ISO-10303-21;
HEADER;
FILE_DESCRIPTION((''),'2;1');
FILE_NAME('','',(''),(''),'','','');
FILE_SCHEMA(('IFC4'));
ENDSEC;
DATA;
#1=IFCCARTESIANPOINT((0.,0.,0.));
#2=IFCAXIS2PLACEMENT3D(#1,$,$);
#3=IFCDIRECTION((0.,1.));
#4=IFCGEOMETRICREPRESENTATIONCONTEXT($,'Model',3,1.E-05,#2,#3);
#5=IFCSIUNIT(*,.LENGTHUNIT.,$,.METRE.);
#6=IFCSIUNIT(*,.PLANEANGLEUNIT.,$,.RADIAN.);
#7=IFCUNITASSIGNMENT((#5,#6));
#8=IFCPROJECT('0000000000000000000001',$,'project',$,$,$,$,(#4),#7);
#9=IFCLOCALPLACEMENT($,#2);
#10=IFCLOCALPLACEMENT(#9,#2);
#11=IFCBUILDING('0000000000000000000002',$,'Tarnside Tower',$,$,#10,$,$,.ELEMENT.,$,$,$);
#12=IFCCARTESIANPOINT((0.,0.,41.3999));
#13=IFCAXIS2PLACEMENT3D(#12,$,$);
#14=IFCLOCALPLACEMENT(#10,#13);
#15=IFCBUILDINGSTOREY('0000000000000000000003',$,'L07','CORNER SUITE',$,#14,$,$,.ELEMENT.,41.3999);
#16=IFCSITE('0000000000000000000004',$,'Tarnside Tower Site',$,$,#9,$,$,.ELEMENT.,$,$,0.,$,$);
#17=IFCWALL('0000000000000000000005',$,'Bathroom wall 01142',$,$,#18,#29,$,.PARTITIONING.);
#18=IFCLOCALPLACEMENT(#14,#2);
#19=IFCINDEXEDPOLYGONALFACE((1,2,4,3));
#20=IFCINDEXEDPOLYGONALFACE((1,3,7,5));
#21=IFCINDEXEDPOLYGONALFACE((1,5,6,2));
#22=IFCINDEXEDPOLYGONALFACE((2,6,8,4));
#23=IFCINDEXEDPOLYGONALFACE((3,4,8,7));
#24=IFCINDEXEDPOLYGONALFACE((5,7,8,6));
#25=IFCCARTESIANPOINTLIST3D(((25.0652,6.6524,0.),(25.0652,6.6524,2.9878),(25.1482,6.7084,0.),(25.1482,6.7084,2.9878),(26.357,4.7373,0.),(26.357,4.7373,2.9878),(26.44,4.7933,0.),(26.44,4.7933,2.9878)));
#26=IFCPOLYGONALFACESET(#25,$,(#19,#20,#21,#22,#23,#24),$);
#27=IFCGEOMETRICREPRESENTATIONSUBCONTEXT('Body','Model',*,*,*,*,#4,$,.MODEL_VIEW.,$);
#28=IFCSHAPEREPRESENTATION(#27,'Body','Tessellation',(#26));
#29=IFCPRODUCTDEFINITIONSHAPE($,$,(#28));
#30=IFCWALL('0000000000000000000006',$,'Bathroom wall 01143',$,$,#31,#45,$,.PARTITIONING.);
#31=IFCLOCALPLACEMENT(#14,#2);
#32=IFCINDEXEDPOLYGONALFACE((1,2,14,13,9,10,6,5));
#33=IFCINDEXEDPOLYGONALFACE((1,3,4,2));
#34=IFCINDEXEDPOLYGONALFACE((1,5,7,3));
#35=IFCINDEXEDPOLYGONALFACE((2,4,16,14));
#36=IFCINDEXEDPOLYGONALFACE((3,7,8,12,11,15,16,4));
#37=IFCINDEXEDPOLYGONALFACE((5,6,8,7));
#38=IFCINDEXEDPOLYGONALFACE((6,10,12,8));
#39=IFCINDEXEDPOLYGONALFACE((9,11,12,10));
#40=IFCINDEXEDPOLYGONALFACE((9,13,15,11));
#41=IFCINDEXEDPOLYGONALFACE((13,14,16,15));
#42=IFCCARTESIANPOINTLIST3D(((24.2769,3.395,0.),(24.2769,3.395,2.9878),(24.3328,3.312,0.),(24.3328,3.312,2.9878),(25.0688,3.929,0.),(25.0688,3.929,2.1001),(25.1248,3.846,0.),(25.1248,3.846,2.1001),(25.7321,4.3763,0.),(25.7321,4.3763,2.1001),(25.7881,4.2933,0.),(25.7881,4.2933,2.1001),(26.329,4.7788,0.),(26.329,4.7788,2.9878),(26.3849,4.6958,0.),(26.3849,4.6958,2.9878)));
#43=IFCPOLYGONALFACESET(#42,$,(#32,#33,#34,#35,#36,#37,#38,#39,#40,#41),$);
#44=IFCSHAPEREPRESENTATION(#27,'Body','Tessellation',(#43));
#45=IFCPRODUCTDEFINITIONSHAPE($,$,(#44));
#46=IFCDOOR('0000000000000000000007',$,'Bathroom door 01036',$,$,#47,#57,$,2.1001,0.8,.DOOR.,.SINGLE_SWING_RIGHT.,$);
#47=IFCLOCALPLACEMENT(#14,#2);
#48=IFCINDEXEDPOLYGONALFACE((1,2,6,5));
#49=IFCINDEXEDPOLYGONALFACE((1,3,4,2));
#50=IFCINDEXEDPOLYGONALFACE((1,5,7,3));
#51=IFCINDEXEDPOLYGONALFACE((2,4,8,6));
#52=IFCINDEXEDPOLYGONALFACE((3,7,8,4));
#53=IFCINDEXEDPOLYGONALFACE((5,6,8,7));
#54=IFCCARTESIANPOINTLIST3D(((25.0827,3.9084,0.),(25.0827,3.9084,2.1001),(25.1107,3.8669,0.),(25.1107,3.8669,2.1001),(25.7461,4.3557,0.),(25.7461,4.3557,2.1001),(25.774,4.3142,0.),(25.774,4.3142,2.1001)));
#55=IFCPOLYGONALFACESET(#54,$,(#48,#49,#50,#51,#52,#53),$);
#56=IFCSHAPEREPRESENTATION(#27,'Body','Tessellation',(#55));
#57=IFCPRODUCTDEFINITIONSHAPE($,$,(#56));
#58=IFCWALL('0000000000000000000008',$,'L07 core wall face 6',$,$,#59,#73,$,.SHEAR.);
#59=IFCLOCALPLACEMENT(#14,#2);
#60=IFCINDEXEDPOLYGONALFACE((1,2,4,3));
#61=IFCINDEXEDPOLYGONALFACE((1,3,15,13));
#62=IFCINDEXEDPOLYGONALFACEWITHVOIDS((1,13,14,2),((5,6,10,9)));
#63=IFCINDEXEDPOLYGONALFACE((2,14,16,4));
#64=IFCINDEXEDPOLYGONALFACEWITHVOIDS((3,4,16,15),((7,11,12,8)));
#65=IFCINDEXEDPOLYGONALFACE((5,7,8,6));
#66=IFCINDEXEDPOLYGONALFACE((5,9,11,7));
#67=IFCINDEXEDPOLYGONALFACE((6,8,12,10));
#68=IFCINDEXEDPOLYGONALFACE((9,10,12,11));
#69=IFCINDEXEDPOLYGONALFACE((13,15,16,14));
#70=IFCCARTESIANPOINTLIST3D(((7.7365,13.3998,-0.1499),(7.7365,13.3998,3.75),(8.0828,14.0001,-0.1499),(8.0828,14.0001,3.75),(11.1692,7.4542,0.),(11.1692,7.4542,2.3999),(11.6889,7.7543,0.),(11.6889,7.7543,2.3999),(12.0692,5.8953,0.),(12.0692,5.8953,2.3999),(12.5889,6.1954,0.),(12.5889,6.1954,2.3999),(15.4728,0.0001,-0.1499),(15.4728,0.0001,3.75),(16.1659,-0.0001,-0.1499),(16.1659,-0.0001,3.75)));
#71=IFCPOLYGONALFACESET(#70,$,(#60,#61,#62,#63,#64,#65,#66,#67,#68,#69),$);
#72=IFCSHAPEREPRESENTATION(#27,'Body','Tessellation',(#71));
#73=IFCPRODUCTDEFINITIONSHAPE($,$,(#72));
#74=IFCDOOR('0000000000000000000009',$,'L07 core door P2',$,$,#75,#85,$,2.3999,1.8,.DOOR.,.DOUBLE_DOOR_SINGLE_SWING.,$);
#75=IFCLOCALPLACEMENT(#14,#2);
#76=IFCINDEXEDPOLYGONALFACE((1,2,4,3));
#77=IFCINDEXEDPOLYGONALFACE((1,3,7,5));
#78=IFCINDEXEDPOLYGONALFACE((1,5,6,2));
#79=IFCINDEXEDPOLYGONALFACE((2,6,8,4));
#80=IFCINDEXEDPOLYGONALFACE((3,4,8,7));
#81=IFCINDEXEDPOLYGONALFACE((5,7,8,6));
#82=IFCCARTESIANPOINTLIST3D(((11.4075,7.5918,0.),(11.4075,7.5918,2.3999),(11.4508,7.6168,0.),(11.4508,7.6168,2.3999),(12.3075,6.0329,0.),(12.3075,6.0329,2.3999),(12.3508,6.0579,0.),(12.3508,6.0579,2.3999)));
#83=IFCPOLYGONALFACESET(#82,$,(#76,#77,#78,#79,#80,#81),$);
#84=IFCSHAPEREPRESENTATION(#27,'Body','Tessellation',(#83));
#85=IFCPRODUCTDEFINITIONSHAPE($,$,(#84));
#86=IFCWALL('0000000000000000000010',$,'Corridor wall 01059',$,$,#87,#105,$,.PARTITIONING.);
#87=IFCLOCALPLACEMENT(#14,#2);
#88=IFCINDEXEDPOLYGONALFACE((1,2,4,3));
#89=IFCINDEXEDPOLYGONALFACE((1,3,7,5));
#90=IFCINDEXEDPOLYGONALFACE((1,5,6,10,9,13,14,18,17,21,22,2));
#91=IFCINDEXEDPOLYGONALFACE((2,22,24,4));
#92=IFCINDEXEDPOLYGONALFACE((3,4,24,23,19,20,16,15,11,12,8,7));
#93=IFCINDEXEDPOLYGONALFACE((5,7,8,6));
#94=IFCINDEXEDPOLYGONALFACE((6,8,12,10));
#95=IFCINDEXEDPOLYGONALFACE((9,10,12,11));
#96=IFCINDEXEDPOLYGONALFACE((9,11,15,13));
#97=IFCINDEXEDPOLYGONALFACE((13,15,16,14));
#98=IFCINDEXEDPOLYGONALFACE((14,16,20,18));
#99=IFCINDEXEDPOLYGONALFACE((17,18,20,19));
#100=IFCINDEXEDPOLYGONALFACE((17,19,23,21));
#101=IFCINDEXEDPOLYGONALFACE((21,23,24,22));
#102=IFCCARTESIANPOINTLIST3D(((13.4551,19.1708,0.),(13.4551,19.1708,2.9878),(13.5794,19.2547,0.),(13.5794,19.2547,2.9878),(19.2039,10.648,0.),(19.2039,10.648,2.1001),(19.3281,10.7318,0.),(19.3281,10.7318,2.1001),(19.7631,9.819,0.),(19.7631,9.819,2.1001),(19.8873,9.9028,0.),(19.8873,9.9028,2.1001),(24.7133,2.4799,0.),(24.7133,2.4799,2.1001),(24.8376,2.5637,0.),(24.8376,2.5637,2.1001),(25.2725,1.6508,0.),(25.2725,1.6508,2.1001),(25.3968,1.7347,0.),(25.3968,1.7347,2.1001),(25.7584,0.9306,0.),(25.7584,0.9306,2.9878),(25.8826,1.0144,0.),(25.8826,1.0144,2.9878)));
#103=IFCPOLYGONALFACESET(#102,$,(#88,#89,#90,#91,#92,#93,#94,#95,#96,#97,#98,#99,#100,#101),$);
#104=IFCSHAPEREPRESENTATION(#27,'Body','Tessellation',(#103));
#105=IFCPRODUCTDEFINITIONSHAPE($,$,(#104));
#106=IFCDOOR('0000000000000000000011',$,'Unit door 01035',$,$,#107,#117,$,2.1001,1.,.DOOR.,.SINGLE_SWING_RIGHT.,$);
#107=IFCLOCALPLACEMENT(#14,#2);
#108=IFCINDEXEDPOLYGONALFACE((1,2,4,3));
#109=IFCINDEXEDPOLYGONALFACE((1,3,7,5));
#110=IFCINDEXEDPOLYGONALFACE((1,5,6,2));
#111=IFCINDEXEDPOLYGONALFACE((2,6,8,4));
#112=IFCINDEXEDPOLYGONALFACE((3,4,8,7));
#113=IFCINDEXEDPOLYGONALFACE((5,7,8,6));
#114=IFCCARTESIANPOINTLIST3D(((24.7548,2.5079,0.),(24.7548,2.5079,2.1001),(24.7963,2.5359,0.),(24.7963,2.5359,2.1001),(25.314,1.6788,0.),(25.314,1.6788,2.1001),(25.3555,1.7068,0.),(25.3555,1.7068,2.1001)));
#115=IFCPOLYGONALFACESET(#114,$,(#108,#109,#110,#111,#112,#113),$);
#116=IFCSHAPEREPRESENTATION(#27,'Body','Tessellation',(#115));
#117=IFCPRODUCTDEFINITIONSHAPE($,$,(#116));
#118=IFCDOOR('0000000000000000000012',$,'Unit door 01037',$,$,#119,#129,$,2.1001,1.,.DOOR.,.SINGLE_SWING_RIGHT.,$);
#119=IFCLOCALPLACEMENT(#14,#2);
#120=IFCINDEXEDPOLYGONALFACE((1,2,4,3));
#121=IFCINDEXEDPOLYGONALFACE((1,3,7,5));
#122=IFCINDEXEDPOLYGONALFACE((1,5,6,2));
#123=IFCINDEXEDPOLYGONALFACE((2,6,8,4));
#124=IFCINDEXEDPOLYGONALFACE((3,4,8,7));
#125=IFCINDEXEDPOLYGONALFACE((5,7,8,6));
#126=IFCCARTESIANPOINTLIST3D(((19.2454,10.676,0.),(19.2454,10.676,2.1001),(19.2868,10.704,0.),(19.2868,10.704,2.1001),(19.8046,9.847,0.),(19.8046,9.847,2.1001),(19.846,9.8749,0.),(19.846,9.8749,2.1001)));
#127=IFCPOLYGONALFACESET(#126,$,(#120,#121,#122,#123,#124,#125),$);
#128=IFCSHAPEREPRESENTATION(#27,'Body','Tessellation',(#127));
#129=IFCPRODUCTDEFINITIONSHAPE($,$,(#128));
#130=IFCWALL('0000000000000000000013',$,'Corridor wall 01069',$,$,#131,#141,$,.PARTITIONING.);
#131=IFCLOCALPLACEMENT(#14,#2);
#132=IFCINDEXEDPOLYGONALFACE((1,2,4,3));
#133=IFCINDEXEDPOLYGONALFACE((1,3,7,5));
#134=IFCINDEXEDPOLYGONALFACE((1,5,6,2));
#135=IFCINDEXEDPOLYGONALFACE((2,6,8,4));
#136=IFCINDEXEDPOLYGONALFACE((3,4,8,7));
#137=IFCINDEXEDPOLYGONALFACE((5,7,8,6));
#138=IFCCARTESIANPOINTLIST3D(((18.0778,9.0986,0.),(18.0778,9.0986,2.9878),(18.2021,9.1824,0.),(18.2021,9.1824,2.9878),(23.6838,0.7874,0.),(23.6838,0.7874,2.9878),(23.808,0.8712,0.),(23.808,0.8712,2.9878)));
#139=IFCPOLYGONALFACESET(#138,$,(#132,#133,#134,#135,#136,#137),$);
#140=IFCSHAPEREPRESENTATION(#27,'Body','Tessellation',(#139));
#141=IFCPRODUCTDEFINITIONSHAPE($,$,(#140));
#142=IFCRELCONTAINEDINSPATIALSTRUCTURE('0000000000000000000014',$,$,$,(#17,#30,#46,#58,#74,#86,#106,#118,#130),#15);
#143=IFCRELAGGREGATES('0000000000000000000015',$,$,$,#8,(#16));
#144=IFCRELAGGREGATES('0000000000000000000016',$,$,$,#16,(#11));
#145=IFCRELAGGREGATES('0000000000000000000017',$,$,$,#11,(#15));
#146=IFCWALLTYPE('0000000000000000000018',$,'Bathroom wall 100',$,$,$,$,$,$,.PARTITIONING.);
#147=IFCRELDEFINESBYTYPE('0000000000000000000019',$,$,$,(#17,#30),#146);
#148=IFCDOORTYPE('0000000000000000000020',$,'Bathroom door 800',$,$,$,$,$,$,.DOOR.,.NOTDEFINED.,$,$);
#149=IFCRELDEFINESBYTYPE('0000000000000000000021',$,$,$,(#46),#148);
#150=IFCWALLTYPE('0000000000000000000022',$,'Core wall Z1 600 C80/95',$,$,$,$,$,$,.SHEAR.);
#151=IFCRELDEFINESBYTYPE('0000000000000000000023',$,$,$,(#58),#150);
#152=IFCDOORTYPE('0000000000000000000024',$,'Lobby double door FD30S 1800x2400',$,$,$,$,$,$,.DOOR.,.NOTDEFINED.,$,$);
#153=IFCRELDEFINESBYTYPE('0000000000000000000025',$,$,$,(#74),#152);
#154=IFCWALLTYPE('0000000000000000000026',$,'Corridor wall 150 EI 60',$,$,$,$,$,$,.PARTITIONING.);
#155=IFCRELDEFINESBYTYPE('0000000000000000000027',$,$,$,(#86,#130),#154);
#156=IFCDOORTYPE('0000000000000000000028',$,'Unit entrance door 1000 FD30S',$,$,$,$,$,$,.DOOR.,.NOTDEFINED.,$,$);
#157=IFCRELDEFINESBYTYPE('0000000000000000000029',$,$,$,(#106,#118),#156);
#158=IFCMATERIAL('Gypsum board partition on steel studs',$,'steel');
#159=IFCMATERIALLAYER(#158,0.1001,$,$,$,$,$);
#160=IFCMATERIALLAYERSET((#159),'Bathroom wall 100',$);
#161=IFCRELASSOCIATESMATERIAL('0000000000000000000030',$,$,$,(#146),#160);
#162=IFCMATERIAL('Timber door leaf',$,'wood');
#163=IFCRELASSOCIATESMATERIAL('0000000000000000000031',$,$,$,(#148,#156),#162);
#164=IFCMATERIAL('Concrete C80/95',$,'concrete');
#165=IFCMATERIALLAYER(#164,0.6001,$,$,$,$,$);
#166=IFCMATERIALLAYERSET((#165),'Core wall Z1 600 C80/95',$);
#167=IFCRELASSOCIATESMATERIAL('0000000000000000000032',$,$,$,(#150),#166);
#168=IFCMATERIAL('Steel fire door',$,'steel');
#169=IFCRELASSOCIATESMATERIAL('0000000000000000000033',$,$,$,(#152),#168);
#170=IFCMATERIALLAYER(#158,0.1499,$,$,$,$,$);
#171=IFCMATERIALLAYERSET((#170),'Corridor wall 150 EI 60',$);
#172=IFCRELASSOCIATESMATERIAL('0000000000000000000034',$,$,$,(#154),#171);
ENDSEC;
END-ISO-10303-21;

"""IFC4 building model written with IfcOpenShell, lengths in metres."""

from ifc_helpers import new_model, si_unit, direction, frame, frame_2d, origin, place, context, subcontext, project, spatial, polyline, rectangle, outline, extrude, material, layer, layer_set, type_object, element, fill, save


model = new_model("IFC4")

# Units and contexts
model_context = context("Model", 3, precision=1e-05, world=origin(), true_north=direction((0.0, 1.0)))
body_context = subcontext(model_context, "Body", "Model", "MODEL_VIEW")
ifc_project = project(units=[si_unit("LENGTHUNIT", "METRE"), si_unit("PLANEANGLEUNIT", "RADIAN")], contexts=[model_context])

# Site, building, storey
site_placement = place(None, origin())
site = spatial("IfcSite", under=ifc_project, at=site_placement, Name="Tarnside Tower Site", CompositionType="ELEMENT", RefElevation=0.0)
building_placement = place(site_placement, origin())
building = spatial("IfcBuilding", under=site, at=building_placement, Name="Tarnside Tower", CompositionType="ELEMENT")
storey_placement = place(building_placement, frame((0.0, 0.0, 41.3999)))
storey = spatial("IfcBuildingStorey", under=building, at=storey_placement, Name="L07", Description="CORNER SUITE", CompositionType="ELEMENT", Elevation=41.3999)

# Wall
ifc_material_1 = material(Name="Gypsum board partition on steel studs", Category="steel")
ifc_layer_1 = layer(ifc_material_1, 0.1001)
ifc_layer_set_1 = layer_set([ifc_layer_1], Name="Bathroom wall 100")
wall_type_1 = type_object("IfcWallType", Name="Bathroom wall 100", PredefinedType="PARTITIONING", material=ifc_layer_set_1)
wall_1_placement = place(storey_placement, frame((25.1067, 6.6804, 0.0), z_axis=(0.0, 0.0, 1.0), x_axis=(0.559204, -0.82903, 0.0)))
element("IfcWall", 1, at=wall_1_placement, inside=storey, type_object=wall_type_1, Name="Bathroom wall 01142", PredefinedType="PARTITIONING", context=body_context, shape_type="SweptSolid", body=[
    extrude(rectangle(XDim=2.3101, YDim=0.1001, at=frame_2d((1.155, 0.0))), origin(), (0.0, 0.0, 1.0), 2.9878),
])

# Walls, openings, doors
wall_2_placement = place(storey_placement, frame((26.3569, 4.7373, 0.0), z_axis=(0.0, 0.0, 1.0), x_axis=(-0.829094, -0.559109, 0.0)))
wall_2 = element("IfcWall", 2, at=wall_2_placement, inside=storey, type_object=wall_type_1, Name="Bathroom wall 01143", PredefinedType="PARTITIONING", context=body_context, shape_type="SweptSolid", body=[
    extrude(rectangle(XDim=2.4751, YDim=0.1001, at=frame_2d((1.2375, 0.0))), origin(), (0.0, 0.0, 1.0), 2.9878),
])
opening_1_placement = place(wall_2_placement, frame((0.72, 0.0, 0.0)))
opening_1 = element("IfcOpeningElement", 3, at=opening_1_placement, cuts=wall_2, PredefinedType="OPENING", context=body_context, shape_type="SweptSolid", body=[
    extrude(rectangle(XDim=0.8, YDim=2.1001, at=frame_2d((0.3999, 1.05))), frame((0.0, 0.0601, 0.0), z_axis=(0.0, -1.0, 0.0), x_axis=(1.0, 0.0, 0.0)), (0.0, 0.0, 1.0), 0.1201),
])
ifc_material_2 = material(Name="Timber door leaf", Category="wood")
door_type_1 = type_object("IfcDoorType", Name="Bathroom door 800", OperationType="NOTDEFINED", PredefinedType="DOOR", material=ifc_material_2)
door_1_placement = place(opening_1_placement, origin())
door_1 = element("IfcDoor", 4, at=door_1_placement, inside=storey, type_object=door_type_1, Name="Bathroom door 01036", OperationType="SINGLE_SWING_RIGHT", OverallHeight=2.1001, OverallWidth=0.8, PredefinedType="DOOR", context=body_context, shape_type="SweptSolid", body=[
    extrude(rectangle(XDim=0.8, YDim=2.1001, at=frame_2d((0.3999, 1.05))), frame((0.0, 0.0249, 0.0), z_axis=(0.0, -1.0, 0.0), x_axis=(1.0, 0.0, 0.0)), (0.0, 0.0, 1.0), 0.05),
])
fill(opening_1, door_1)
ifc_material_3 = material(Name="Concrete C80/95", Category="concrete")
ifc_layer_2 = layer(ifc_material_3, 0.6001)
ifc_layer_set_2 = layer_set([ifc_layer_2], Name="Core wall Z1 600 C80/95")
wall_type_2 = type_object("IfcWallType", Name="Core wall Z1 600 C80/95", PredefinedType="SHEAR", material=ifc_layer_set_2)
wall_3_placement = place(storey_placement, frame((15.8193, 0.0, -0.1499), z_axis=(0.0, 0.0, 1.0), x_axis=(-0.5, 0.866025, 0.0)))
wall_3 = element("IfcWall", 5, at=wall_3_placement, inside=storey, type_object=wall_type_2, Name="L07 core wall face 6", PredefinedType="SHEAR", context=body_context, shape_type="SweptSolid", body=[
    extrude(outline(polyline([(-0.1733, -0.3), (15.9927, -0.3), (15.646, 0.3), (0.1733, 0.3), (-0.1733, -0.3)])), origin(), (0.0, 0.0, 1.0), 3.8999),
])
opening_2_placement = place(wall_3_placement, frame((6.9807, 0.0, 0.1499)))
opening_2 = element("IfcOpeningElement", 6, at=opening_2_placement, cuts=wall_3, PredefinedType="OPENING", context=body_context, shape_type="SweptSolid", body=[
    extrude(rectangle(XDim=1.8, YDim=2.3999, at=frame_2d((0.8999, 1.2))), frame((0.0, 0.3101, 0.0), z_axis=(0.0, -1.0, 0.0), x_axis=(1.0, 0.0, 0.0)), (0.0, 0.0, 1.0), 0.6201),
])
ifc_material_4 = material(Name="Steel fire door", Category="steel")
door_type_2 = type_object("IfcDoorType", Name="Lobby double door FD30S 1800x2400", OperationType="NOTDEFINED", PredefinedType="DOOR", material=ifc_material_4)
door_2_placement = place(opening_2_placement, origin())
door_2 = element("IfcDoor", 7, at=door_2_placement, inside=storey, type_object=door_type_2, Name="L07 core door P2", OperationType="DOUBLE_DOOR_SINGLE_SWING", OverallHeight=2.3999, OverallWidth=1.8, PredefinedType="DOOR", context=body_context, shape_type="SweptSolid", body=[
    extrude(rectangle(XDim=1.8, YDim=2.3999, at=frame_2d((0.8999, 1.2))), frame((0.0, 0.0249, 0.0), z_axis=(0.0, -1.0, 0.0), x_axis=(1.0, 0.0, 0.0)), (0.0, 0.0, 1.0), 0.05),
])
fill(opening_2, door_2)

# Wall, openings, doors
ifc_layer_3 = layer(ifc_material_1, 0.1499)
ifc_layer_set_3 = layer_set([ifc_layer_3], Name="Corridor wall 150 EI 60")
wall_type_3 = type_object("IfcWallType", Name="Corridor wall 150 EI 60", PredefinedType="PARTITIONING", material=ifc_layer_set_3)
wall_4_placement = place(storey_placement, frame((25.8206, 0.9724, 0.0), z_axis=(0.0, 0.0, 1.0), x_axis=(-0.559194, 0.829037, 0.0)))
wall_4 = element("IfcWall", 8, at=wall_4_placement, inside=storey, type_object=wall_type_3, Name="Corridor wall 01059", PredefinedType="PARTITIONING", context=body_context, shape_type="SweptSolid", body=[
    extrude(rectangle(XDim=22.0017, YDim=0.1499, at=frame_2d((11.001, 0.0))), origin(), (0.0, 0.0, 1.0), 2.9878),
])
opening_3_placement = place(wall_4_placement, frame((0.8689, 0.0, 0.0)))
opening_3 = element("IfcOpeningElement", 9, at=opening_3_placement, cuts=wall_4, PredefinedType="OPENING", context=body_context, shape_type="SweptSolid", body=[
    extrude(rectangle(XDim=1.0, YDim=2.1001, at=frame_2d((0.5, 1.05))), frame((0.0, 0.085, 0.0), z_axis=(0.0, -1.0, 0.0), x_axis=(1.0, 0.0, 0.0)), (0.0, 0.0, 1.0), 0.1699),
])
opening_4_placement = place(wall_4_placement, frame((10.7214, 0.0, 0.0)))
opening_4 = element("IfcOpeningElement", 10, at=opening_4_placement, cuts=wall_4, PredefinedType="OPENING", context=body_context, shape_type="SweptSolid", body=[
    extrude(rectangle(XDim=1.0, YDim=2.1001, at=frame_2d((0.5, 1.05))), frame((0.0, 0.085, 0.0), z_axis=(0.0, -1.0, 0.0), x_axis=(1.0, 0.0, 0.0)), (0.0, 0.0, 1.0), 0.1699),
])
door_type_3 = type_object("IfcDoorType", Name="Unit entrance door 1000 FD30S", OperationType="NOTDEFINED", PredefinedType="DOOR", material=ifc_material_2)
door_3_placement = place(opening_3_placement, origin())
door_3 = element("IfcDoor", 11, at=door_3_placement, inside=storey, type_object=door_type_3, Name="Unit door 01035", OperationType="SINGLE_SWING_RIGHT", OverallHeight=2.1001, OverallWidth=1.0, PredefinedType="DOOR", context=body_context, shape_type="SweptSolid", body=[
    extrude(rectangle(XDim=1.0, YDim=2.1001, at=frame_2d((0.5, 1.05))), frame((0.0, 0.0249, 0.0), z_axis=(0.0, -1.0, 0.0), x_axis=(1.0, 0.0, 0.0)), (0.0, 0.0, 1.0), 0.05),
])
fill(opening_3, door_3)
door_4_placement = place(opening_4_placement, origin())
door_4 = element("IfcDoor", 12, at=door_4_placement, inside=storey, type_object=door_type_3, Name="Unit door 01037", OperationType="SINGLE_SWING_RIGHT", OverallHeight=2.1001, OverallWidth=1.0, PredefinedType="DOOR", context=body_context, shape_type="SweptSolid", body=[
    extrude(rectangle(XDim=1.0, YDim=2.1001, at=frame_2d((0.5, 1.05))), frame((0.0, 0.0249, 0.0), z_axis=(0.0, -1.0, 0.0), x_axis=(1.0, 0.0, 0.0)), (0.0, 0.0, 1.0), 0.05),
])
fill(opening_4, door_4)

# Wall
wall_5_placement = place(storey_placement, frame((18.1399, 9.1406, 0.0), z_axis=(0.0, 0.0, 1.0), x_axis=(0.559188, -0.829041, 0.0)))
element("IfcWall", 13, at=wall_5_placement, inside=storey, type_object=wall_type_3, Name="Corridor wall 01069", PredefinedType="PARTITIONING", context=body_context, shape_type="SweptSolid", body=[
    extrude(rectangle(XDim=10.0251, YDim=0.1499, at=frame_2d((5.0127, 0.0))), origin(), (0.0, 0.0, 1.0), 2.9878),
])

save(model, "model.ifc")
